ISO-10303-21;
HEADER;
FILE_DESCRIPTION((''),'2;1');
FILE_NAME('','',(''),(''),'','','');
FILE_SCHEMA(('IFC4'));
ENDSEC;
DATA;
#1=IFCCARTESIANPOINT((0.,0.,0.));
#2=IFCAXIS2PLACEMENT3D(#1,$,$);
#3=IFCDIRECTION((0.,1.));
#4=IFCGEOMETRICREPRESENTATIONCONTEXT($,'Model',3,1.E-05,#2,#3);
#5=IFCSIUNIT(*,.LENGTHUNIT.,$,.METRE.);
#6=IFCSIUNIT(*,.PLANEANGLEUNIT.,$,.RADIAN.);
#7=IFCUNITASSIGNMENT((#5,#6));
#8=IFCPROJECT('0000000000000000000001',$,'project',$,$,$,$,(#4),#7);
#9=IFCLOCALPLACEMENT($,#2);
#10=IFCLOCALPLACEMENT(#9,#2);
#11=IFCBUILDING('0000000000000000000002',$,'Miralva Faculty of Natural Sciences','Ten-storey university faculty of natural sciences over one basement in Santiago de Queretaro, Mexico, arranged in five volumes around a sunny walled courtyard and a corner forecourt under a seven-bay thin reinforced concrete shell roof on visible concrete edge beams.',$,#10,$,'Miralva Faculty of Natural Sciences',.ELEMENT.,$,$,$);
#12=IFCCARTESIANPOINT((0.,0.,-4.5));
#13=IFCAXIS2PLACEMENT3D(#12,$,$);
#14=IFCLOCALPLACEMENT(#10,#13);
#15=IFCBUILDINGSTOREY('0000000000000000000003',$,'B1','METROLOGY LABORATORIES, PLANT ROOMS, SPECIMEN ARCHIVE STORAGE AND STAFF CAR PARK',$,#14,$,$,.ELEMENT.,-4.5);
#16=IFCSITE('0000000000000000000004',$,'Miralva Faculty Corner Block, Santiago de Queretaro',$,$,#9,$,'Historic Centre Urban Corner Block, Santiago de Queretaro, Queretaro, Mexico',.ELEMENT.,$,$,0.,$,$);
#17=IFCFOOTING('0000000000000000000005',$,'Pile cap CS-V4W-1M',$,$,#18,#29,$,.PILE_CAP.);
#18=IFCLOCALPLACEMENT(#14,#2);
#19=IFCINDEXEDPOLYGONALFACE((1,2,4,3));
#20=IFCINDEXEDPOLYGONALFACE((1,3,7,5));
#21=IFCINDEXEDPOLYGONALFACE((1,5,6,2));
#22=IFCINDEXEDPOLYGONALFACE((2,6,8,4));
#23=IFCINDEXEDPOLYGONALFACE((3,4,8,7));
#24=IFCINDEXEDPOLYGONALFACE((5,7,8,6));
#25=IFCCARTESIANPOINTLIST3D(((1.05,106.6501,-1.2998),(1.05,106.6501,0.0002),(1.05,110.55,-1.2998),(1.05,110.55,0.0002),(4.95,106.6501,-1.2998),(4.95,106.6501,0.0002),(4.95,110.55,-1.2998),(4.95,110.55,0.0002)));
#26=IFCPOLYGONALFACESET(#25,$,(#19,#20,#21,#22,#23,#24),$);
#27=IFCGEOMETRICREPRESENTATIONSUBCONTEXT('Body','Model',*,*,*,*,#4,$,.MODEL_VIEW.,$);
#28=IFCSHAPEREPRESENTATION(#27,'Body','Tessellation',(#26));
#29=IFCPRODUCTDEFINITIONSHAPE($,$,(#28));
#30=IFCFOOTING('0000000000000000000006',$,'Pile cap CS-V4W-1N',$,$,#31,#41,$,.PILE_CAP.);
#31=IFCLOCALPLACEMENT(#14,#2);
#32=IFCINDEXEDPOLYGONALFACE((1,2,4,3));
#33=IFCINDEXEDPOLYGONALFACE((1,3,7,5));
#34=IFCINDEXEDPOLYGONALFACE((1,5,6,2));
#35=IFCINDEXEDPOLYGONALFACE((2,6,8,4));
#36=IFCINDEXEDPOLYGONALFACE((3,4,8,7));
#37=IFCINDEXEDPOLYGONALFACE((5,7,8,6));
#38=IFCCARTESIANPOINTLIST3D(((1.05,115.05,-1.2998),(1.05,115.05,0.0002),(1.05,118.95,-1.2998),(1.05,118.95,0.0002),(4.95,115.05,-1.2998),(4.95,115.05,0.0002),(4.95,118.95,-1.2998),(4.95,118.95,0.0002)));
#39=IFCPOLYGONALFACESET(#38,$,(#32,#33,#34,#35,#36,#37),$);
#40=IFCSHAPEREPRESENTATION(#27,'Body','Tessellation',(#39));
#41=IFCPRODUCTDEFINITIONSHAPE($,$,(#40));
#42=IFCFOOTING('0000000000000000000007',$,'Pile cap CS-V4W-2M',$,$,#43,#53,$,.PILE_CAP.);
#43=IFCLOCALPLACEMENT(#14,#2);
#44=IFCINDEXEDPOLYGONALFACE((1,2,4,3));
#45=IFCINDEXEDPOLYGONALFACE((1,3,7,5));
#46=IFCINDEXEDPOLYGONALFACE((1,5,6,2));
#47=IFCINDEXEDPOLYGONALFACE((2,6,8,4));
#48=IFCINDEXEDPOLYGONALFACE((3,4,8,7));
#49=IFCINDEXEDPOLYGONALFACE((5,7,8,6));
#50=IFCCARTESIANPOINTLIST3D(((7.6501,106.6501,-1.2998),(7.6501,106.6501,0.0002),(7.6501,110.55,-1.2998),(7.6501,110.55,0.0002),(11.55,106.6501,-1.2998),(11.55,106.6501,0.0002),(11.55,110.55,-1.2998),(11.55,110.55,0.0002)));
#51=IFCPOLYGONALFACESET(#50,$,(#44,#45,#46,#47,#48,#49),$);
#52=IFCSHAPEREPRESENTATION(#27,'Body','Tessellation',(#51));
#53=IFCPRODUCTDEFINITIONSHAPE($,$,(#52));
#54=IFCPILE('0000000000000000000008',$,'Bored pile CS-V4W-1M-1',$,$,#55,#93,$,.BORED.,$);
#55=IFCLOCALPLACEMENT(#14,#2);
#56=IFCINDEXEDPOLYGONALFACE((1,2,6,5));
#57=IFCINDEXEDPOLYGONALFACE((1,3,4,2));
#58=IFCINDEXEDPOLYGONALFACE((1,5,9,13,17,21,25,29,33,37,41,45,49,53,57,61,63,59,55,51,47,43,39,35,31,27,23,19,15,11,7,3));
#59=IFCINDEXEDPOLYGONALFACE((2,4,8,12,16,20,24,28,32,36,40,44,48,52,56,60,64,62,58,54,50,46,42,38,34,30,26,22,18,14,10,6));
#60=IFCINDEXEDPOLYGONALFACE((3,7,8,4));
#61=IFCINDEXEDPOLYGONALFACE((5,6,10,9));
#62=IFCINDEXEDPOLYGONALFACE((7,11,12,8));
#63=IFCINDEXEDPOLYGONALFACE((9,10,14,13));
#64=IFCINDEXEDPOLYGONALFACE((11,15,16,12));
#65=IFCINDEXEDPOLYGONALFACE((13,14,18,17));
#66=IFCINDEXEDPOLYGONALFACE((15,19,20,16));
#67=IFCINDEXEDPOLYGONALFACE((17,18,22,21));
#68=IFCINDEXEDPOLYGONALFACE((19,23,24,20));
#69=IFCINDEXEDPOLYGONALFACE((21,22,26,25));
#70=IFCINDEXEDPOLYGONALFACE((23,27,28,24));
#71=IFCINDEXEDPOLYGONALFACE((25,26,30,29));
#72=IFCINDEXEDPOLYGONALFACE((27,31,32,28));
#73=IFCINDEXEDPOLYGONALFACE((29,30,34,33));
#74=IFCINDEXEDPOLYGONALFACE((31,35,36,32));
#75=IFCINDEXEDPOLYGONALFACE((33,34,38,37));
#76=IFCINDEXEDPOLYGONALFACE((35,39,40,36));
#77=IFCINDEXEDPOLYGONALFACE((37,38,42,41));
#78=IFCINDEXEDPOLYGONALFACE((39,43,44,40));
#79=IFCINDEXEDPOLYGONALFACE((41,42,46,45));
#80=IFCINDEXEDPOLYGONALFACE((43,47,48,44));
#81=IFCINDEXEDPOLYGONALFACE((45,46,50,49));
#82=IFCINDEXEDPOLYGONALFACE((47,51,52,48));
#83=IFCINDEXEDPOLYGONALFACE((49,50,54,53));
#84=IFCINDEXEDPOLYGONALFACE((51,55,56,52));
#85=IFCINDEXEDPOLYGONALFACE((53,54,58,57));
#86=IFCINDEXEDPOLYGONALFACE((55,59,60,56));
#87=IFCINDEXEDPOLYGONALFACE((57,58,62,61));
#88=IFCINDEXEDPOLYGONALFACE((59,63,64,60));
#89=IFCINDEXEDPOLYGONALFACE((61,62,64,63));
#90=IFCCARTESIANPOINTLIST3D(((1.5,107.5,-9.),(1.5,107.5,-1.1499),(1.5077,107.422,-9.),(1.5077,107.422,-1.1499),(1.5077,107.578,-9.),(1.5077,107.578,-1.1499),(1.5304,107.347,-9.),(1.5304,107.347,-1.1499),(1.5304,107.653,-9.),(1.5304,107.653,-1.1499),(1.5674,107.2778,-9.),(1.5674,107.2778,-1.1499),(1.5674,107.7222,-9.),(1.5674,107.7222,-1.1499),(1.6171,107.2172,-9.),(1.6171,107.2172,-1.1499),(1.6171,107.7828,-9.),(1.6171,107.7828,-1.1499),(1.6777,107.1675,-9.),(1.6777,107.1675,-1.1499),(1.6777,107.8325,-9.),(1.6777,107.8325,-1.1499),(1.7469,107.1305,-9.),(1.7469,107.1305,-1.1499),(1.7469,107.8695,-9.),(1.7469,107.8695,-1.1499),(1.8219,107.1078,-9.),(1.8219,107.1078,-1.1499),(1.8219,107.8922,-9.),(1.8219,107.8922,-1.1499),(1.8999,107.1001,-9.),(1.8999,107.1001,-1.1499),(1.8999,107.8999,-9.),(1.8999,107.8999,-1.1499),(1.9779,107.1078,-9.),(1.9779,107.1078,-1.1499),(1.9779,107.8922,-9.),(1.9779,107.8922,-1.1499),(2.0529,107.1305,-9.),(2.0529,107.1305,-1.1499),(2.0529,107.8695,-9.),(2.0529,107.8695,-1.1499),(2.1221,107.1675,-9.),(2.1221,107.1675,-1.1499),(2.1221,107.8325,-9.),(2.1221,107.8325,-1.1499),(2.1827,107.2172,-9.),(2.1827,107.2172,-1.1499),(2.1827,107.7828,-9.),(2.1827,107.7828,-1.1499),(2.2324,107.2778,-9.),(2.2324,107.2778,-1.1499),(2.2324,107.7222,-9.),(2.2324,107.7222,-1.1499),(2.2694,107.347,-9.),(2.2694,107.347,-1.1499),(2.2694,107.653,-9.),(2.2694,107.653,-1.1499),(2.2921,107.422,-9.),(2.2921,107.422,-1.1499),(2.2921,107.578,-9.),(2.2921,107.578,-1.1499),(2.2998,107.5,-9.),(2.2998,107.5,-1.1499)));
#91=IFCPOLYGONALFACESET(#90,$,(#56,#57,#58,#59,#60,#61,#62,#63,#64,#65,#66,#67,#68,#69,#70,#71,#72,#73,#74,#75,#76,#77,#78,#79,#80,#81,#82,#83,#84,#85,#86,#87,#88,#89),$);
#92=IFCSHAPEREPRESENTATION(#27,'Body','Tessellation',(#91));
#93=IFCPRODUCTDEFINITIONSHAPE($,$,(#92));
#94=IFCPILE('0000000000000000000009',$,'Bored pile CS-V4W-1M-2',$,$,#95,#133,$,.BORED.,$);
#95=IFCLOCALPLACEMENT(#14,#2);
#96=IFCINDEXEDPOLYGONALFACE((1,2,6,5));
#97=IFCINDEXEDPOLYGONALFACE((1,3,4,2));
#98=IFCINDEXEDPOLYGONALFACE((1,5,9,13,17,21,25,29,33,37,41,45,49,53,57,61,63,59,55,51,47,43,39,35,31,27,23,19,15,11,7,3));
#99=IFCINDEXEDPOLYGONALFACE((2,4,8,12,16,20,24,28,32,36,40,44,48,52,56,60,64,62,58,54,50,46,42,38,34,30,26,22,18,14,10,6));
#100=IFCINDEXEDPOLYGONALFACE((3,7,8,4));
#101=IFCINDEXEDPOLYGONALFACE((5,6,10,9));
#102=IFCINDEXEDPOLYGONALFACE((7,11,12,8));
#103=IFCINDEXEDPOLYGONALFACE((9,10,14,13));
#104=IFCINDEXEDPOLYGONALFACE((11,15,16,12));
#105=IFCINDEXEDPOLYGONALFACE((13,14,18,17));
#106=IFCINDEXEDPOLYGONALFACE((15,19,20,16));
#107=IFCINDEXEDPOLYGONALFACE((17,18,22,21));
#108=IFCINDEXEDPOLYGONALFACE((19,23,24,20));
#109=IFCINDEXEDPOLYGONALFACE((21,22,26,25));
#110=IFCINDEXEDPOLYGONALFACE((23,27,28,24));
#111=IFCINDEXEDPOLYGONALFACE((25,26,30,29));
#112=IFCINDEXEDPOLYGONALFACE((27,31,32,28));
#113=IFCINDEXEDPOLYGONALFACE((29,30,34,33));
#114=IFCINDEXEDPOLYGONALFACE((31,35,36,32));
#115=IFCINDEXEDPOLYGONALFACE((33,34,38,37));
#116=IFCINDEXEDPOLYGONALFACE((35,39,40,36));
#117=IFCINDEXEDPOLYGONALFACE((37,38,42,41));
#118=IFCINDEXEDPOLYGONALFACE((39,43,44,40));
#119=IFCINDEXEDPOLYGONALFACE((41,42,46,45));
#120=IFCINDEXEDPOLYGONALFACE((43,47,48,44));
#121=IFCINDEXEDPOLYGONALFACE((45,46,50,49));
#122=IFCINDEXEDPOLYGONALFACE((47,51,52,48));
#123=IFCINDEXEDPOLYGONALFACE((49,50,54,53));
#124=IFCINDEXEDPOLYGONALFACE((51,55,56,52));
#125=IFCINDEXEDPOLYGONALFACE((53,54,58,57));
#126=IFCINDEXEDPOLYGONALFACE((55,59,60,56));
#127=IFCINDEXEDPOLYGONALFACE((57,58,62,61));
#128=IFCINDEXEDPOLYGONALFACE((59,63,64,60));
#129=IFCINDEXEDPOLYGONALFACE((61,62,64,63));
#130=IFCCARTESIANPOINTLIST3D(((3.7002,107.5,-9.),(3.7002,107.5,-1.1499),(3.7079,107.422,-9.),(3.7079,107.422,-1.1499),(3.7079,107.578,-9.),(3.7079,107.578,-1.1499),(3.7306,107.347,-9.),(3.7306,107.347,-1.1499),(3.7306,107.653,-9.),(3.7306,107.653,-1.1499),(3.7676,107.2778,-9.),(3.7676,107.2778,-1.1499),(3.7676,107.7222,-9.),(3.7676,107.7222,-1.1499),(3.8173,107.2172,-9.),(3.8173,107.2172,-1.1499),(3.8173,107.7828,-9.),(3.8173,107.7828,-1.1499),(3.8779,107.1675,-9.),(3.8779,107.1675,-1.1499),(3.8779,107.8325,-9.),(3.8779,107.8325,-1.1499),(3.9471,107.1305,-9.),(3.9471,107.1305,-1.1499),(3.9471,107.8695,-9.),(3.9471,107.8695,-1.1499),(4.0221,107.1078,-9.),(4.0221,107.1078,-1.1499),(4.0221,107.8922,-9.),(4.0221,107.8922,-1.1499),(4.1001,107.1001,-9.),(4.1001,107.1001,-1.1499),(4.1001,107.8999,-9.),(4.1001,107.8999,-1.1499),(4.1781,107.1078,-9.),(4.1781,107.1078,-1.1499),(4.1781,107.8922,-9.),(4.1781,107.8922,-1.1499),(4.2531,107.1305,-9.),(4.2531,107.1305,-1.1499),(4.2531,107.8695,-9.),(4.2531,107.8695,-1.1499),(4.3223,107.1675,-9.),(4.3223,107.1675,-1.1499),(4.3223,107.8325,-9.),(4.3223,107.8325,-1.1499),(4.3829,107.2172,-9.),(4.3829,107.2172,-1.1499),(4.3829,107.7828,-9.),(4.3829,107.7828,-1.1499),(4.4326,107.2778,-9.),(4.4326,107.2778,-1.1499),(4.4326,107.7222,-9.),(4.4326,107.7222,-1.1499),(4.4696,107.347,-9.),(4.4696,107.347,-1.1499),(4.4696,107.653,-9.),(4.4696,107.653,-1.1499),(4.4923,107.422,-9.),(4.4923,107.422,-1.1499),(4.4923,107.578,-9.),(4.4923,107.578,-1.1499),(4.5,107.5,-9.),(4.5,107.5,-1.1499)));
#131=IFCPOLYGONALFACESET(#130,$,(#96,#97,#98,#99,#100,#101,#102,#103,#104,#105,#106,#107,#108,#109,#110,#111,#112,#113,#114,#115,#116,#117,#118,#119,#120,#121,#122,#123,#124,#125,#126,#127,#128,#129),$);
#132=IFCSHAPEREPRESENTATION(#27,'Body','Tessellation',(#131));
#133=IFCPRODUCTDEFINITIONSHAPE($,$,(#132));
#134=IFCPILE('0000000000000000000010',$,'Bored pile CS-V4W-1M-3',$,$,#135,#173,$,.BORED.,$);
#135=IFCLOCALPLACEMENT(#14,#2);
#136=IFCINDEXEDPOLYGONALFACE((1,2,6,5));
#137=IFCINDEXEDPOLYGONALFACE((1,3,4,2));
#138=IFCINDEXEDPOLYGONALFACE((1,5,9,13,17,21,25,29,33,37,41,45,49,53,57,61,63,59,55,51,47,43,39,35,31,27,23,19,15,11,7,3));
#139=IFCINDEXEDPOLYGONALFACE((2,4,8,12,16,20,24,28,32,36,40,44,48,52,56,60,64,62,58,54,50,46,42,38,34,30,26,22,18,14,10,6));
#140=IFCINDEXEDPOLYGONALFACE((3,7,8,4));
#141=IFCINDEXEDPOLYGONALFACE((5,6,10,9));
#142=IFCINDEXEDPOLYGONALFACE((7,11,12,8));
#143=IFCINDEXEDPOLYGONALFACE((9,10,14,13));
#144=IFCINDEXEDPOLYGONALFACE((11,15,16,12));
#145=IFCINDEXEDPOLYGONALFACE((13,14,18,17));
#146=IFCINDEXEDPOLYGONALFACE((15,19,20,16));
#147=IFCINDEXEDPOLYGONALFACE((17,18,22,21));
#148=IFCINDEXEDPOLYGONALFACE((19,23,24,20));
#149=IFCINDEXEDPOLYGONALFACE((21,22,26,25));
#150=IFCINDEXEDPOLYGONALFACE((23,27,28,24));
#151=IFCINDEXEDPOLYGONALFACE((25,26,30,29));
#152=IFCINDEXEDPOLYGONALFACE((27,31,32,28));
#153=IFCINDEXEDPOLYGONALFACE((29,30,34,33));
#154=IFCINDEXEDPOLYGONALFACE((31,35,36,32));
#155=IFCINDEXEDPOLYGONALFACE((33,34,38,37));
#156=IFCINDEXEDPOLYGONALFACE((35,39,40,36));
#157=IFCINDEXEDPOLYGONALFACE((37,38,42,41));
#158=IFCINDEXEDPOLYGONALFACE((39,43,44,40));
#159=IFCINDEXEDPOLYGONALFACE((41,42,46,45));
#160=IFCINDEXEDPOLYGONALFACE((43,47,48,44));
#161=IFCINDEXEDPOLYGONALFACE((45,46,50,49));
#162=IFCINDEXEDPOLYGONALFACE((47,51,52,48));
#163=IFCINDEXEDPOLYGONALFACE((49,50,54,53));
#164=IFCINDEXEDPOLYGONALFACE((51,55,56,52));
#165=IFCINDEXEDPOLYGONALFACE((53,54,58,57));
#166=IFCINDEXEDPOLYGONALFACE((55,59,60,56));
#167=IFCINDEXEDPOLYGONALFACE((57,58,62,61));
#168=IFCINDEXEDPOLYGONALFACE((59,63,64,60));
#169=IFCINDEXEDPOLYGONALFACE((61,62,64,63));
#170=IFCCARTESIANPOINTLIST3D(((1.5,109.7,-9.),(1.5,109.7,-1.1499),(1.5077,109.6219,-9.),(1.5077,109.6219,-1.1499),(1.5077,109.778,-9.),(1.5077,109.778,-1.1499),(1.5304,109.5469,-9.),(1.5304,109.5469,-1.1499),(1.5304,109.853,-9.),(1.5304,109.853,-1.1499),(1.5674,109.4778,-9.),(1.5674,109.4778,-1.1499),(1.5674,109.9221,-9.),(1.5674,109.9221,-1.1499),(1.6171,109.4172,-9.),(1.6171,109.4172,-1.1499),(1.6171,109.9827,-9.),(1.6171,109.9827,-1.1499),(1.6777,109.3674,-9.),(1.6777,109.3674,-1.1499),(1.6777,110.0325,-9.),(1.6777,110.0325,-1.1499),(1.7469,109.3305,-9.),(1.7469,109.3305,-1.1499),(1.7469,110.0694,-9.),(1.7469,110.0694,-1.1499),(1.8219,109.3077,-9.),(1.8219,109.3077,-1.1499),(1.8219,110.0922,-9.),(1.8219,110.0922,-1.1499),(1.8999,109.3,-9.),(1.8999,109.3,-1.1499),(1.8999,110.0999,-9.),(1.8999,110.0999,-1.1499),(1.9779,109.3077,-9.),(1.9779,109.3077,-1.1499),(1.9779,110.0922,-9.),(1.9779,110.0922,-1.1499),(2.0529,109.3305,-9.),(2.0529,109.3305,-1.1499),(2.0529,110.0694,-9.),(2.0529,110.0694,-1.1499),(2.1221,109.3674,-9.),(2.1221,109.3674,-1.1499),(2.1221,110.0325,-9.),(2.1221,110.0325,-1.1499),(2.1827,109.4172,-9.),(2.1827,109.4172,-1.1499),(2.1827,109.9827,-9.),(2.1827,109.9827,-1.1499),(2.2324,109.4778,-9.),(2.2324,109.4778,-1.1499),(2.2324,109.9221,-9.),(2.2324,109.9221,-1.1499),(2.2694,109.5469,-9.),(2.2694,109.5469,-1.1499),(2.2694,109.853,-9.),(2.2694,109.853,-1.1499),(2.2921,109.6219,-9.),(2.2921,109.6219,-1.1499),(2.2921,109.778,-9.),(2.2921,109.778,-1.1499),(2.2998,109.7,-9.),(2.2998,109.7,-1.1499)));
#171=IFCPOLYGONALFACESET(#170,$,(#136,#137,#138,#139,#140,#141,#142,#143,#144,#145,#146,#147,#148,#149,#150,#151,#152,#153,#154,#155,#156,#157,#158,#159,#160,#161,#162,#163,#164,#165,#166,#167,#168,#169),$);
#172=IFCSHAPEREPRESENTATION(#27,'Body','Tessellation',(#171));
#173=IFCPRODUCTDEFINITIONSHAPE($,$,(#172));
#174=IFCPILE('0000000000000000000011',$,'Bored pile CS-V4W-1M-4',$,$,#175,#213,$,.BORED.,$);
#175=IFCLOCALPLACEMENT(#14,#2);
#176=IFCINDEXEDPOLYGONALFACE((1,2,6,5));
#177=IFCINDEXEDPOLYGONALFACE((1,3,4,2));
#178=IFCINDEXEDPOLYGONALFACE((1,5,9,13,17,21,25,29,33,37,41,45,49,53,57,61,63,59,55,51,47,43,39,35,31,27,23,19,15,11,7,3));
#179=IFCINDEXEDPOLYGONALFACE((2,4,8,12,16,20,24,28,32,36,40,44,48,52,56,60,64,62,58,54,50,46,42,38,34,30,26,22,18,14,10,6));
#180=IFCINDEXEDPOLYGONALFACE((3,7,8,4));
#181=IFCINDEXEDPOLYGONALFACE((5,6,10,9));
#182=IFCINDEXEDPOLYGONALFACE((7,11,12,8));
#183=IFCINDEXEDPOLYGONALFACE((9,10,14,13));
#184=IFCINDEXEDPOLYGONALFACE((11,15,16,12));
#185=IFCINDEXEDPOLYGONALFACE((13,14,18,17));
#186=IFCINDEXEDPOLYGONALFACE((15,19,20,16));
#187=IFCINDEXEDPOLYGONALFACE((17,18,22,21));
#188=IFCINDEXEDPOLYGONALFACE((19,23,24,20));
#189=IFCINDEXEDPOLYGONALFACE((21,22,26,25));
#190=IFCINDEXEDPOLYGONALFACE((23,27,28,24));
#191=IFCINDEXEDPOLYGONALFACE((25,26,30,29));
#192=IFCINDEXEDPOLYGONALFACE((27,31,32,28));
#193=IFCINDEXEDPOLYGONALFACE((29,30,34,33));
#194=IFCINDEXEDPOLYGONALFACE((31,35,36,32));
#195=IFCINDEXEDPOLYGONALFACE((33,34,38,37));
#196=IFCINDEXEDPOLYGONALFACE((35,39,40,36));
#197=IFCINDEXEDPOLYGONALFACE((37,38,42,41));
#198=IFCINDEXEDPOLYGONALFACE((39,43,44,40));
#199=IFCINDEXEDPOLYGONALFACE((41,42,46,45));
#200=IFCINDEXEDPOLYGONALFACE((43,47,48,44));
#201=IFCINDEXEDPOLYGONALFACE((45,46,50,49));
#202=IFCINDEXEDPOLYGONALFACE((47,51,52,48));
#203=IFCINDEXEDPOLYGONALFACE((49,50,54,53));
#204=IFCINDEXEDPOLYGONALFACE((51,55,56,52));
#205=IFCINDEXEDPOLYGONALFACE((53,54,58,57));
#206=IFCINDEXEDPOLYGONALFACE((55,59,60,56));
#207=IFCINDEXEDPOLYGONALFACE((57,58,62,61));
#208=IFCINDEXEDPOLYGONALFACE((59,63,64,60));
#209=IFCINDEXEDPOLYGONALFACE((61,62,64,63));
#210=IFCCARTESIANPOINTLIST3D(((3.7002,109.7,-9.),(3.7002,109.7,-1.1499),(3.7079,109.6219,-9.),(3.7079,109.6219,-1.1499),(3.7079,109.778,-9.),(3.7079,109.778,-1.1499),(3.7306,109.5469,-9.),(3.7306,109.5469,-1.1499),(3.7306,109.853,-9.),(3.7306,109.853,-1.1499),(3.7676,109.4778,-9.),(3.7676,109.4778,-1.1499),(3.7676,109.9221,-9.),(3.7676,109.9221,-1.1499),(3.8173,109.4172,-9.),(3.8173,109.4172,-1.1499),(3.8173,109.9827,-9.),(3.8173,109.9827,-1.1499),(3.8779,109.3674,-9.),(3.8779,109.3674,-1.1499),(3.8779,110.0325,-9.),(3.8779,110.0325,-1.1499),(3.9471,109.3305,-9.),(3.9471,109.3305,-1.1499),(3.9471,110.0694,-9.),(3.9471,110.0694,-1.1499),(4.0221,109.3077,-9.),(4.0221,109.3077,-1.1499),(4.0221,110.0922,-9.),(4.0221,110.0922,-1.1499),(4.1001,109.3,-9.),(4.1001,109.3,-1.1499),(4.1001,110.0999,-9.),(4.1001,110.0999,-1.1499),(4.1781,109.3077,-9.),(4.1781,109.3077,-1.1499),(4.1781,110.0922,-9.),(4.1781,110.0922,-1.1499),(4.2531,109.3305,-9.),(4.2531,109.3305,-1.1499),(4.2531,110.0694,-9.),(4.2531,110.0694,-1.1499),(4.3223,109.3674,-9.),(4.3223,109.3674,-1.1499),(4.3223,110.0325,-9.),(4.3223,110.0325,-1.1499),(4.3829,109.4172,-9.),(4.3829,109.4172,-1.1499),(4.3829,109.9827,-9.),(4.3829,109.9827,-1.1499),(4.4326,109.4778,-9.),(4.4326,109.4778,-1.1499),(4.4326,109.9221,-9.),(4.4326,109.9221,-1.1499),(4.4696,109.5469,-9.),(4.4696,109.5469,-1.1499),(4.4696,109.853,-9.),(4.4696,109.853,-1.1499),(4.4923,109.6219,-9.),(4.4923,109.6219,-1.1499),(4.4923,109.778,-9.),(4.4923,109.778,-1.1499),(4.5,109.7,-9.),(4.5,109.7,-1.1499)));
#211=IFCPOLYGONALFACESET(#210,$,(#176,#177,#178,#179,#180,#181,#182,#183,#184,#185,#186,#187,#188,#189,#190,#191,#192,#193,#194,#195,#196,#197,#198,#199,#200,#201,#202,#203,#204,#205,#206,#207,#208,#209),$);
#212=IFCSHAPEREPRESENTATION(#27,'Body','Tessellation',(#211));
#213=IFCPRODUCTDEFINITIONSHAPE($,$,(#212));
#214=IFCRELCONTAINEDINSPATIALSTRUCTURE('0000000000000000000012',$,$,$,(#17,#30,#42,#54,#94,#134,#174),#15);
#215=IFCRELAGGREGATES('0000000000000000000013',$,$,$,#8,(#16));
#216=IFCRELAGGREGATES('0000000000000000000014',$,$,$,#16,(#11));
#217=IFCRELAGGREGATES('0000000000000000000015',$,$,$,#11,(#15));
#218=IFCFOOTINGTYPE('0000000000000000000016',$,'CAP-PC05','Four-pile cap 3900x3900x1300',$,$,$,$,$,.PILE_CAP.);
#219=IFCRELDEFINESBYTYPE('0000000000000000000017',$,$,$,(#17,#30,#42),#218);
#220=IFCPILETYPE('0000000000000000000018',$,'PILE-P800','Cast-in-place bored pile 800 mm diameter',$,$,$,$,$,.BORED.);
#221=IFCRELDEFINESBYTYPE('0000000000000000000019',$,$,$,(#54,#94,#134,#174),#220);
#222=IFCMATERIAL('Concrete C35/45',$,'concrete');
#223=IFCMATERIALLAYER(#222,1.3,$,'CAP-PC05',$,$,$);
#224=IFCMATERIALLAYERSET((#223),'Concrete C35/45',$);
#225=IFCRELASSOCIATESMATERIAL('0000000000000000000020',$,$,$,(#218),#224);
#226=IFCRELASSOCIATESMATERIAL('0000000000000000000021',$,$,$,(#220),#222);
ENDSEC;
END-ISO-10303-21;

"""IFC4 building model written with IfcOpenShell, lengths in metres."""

from ifc_helpers import new_model, si_unit, direction, frame, origin, origin_2d, place, context, subcontext, project, spatial, rectangle, circle, extrude, material, layer, layer_set, material_profile, profile_set, type_object, element, save


model = new_model("IFC4")

# Units and contexts
model_context = context("Model", 3, precision=1e-05, world=origin(), true_north=direction((0.0, 1.0)))
body_context = subcontext(model_context, "Body", "Model", "MODEL_VIEW")
ifc_project = project(units=[si_unit("LENGTHUNIT", "METRE"), si_unit("PLANEANGLEUNIT", "RADIAN")], contexts=[model_context])

# Site, building, storey
site_placement = place(None, origin())
site = spatial("IfcSite", under=ifc_project, at=site_placement, Name="Miralva Faculty Corner Block, Santiago de Queretaro", LongName="Historic Centre Urban Corner Block, Santiago de Queretaro, Queretaro, Mexico", CompositionType="ELEMENT", RefElevation=0.0)
building_placement = place(site_placement, origin())
building = spatial("IfcBuilding", under=site, at=building_placement, Name="Miralva Faculty of Natural Sciences", Description="Ten-storey university faculty of natural sciences over one basement in Santiago de Queretaro, Mexico, arranged in five volumes around a sunny walled courtyard and a corner forecourt under a seven-bay thin reinforced concrete shell roof on visible concrete edge beams.", LongName="Miralva Faculty of Natural Sciences", CompositionType="ELEMENT")
storey_placement = place(building_placement, frame((0.0, 0.0, -4.5)))
storey = spatial("IfcBuildingStorey", under=building, at=storey_placement, Name="B1", Description="METROLOGY LABORATORIES, PLANT ROOMS, SPECIMEN ARCHIVE STORAGE AND STAFF CAR PARK", CompositionType="ELEMENT", Elevation=-4.5)

# Footings
ifc_material_1 = material(Name="Concrete C35/45", Category="concrete")
ifc_layer_1 = layer(ifc_material_1, 1.3, Name="CAP-PC05")
ifc_layer_set_1 = layer_set([ifc_layer_1], Name="Concrete C35/45")
footing_type_1 = type_object("IfcFootingType", Name="CAP-PC05", Description="Four-pile cap 3900x3900x1300", PredefinedType="PILE_CAP", material=ifc_layer_set_1)
for number, where, z_axis, x_axis, name in (
    (1, (3.0, 108.6001, -1.2998), (0.0, 0.0, 1.0), (1.0, 0.0, 0.0), "Pile cap CS-V4W-1M"),
    (2, (3.0, 117.0, -1.2998), (0.0, 0.0, 1.0), (1.0, 0.0, 0.0), "Pile cap CS-V4W-1N"),
    (3, (9.6001, 108.6001, -1.2998), (0.0, 0.0, 1.0), (1.0, 0.0, 0.0), "Pile cap CS-V4W-2M"),
):
    element("IfcFooting", number, at=place(storey_placement, frame(where, z_axis=z_axis, x_axis=x_axis)), inside=storey, type_object=footing_type_1, Name=name, PredefinedType="PILE_CAP", context=body_context, shape_type="SweptSolid", body=[
        extrude(rectangle(XDim=3.8999, YDim=3.8999, at=origin_2d()), origin(), (0.0, 0.0, 1.0), 1.3),
    ])

# Piles
ifc_material_profile_1 = material_profile(ifc_material_1, circle(Radius=0.3999, at=origin_2d()), Name="BORED PILE 800")
ifc_profile_set_1 = profile_set([ifc_material_profile_1], Name="Concrete C35/45")
pile_type = type_object("IfcPileType", Name="PILE-P800", Description="Cast-in-place bored pile 800 mm diameter", PredefinedType="BORED", material=ifc_profile_set_1)
for number, where, z_axis, x_axis, name in (
    (4, (1.8999, 107.5, -1.1499), (0.0, 0.0, -1.0), (1.0, 0.0, 0.0), "Bored pile CS-V4W-1M-1"),
    (5, (4.1001, 107.5, -1.1499), (0.0, 0.0, -1.0), (1.0, 0.0, 0.0), "Bored pile CS-V4W-1M-2"),
    (6, (1.8999, 109.7, -1.1499), (0.0, 0.0, -1.0), (1.0, 0.0, 0.0), "Bored pile CS-V4W-1M-3"),
    (7, (4.1001, 109.7, -1.1499), (0.0, 0.0, -1.0), (1.0, 0.0, 0.0), "Bored pile CS-V4W-1M-4"),
):
    element("IfcPile", number, at=place(storey_placement, frame(where, z_axis=z_axis, x_axis=x_axis)), inside=storey, type_object=pile_type, Name=name, PredefinedType="BORED", context=body_context, shape_type="SweptSolid", body=[
        extrude(circle(Radius=0.3999, at=origin_2d()), origin(), (0.0, 0.0, 1.0), 7.8501),
    ])

save(model, "model.ifc")
